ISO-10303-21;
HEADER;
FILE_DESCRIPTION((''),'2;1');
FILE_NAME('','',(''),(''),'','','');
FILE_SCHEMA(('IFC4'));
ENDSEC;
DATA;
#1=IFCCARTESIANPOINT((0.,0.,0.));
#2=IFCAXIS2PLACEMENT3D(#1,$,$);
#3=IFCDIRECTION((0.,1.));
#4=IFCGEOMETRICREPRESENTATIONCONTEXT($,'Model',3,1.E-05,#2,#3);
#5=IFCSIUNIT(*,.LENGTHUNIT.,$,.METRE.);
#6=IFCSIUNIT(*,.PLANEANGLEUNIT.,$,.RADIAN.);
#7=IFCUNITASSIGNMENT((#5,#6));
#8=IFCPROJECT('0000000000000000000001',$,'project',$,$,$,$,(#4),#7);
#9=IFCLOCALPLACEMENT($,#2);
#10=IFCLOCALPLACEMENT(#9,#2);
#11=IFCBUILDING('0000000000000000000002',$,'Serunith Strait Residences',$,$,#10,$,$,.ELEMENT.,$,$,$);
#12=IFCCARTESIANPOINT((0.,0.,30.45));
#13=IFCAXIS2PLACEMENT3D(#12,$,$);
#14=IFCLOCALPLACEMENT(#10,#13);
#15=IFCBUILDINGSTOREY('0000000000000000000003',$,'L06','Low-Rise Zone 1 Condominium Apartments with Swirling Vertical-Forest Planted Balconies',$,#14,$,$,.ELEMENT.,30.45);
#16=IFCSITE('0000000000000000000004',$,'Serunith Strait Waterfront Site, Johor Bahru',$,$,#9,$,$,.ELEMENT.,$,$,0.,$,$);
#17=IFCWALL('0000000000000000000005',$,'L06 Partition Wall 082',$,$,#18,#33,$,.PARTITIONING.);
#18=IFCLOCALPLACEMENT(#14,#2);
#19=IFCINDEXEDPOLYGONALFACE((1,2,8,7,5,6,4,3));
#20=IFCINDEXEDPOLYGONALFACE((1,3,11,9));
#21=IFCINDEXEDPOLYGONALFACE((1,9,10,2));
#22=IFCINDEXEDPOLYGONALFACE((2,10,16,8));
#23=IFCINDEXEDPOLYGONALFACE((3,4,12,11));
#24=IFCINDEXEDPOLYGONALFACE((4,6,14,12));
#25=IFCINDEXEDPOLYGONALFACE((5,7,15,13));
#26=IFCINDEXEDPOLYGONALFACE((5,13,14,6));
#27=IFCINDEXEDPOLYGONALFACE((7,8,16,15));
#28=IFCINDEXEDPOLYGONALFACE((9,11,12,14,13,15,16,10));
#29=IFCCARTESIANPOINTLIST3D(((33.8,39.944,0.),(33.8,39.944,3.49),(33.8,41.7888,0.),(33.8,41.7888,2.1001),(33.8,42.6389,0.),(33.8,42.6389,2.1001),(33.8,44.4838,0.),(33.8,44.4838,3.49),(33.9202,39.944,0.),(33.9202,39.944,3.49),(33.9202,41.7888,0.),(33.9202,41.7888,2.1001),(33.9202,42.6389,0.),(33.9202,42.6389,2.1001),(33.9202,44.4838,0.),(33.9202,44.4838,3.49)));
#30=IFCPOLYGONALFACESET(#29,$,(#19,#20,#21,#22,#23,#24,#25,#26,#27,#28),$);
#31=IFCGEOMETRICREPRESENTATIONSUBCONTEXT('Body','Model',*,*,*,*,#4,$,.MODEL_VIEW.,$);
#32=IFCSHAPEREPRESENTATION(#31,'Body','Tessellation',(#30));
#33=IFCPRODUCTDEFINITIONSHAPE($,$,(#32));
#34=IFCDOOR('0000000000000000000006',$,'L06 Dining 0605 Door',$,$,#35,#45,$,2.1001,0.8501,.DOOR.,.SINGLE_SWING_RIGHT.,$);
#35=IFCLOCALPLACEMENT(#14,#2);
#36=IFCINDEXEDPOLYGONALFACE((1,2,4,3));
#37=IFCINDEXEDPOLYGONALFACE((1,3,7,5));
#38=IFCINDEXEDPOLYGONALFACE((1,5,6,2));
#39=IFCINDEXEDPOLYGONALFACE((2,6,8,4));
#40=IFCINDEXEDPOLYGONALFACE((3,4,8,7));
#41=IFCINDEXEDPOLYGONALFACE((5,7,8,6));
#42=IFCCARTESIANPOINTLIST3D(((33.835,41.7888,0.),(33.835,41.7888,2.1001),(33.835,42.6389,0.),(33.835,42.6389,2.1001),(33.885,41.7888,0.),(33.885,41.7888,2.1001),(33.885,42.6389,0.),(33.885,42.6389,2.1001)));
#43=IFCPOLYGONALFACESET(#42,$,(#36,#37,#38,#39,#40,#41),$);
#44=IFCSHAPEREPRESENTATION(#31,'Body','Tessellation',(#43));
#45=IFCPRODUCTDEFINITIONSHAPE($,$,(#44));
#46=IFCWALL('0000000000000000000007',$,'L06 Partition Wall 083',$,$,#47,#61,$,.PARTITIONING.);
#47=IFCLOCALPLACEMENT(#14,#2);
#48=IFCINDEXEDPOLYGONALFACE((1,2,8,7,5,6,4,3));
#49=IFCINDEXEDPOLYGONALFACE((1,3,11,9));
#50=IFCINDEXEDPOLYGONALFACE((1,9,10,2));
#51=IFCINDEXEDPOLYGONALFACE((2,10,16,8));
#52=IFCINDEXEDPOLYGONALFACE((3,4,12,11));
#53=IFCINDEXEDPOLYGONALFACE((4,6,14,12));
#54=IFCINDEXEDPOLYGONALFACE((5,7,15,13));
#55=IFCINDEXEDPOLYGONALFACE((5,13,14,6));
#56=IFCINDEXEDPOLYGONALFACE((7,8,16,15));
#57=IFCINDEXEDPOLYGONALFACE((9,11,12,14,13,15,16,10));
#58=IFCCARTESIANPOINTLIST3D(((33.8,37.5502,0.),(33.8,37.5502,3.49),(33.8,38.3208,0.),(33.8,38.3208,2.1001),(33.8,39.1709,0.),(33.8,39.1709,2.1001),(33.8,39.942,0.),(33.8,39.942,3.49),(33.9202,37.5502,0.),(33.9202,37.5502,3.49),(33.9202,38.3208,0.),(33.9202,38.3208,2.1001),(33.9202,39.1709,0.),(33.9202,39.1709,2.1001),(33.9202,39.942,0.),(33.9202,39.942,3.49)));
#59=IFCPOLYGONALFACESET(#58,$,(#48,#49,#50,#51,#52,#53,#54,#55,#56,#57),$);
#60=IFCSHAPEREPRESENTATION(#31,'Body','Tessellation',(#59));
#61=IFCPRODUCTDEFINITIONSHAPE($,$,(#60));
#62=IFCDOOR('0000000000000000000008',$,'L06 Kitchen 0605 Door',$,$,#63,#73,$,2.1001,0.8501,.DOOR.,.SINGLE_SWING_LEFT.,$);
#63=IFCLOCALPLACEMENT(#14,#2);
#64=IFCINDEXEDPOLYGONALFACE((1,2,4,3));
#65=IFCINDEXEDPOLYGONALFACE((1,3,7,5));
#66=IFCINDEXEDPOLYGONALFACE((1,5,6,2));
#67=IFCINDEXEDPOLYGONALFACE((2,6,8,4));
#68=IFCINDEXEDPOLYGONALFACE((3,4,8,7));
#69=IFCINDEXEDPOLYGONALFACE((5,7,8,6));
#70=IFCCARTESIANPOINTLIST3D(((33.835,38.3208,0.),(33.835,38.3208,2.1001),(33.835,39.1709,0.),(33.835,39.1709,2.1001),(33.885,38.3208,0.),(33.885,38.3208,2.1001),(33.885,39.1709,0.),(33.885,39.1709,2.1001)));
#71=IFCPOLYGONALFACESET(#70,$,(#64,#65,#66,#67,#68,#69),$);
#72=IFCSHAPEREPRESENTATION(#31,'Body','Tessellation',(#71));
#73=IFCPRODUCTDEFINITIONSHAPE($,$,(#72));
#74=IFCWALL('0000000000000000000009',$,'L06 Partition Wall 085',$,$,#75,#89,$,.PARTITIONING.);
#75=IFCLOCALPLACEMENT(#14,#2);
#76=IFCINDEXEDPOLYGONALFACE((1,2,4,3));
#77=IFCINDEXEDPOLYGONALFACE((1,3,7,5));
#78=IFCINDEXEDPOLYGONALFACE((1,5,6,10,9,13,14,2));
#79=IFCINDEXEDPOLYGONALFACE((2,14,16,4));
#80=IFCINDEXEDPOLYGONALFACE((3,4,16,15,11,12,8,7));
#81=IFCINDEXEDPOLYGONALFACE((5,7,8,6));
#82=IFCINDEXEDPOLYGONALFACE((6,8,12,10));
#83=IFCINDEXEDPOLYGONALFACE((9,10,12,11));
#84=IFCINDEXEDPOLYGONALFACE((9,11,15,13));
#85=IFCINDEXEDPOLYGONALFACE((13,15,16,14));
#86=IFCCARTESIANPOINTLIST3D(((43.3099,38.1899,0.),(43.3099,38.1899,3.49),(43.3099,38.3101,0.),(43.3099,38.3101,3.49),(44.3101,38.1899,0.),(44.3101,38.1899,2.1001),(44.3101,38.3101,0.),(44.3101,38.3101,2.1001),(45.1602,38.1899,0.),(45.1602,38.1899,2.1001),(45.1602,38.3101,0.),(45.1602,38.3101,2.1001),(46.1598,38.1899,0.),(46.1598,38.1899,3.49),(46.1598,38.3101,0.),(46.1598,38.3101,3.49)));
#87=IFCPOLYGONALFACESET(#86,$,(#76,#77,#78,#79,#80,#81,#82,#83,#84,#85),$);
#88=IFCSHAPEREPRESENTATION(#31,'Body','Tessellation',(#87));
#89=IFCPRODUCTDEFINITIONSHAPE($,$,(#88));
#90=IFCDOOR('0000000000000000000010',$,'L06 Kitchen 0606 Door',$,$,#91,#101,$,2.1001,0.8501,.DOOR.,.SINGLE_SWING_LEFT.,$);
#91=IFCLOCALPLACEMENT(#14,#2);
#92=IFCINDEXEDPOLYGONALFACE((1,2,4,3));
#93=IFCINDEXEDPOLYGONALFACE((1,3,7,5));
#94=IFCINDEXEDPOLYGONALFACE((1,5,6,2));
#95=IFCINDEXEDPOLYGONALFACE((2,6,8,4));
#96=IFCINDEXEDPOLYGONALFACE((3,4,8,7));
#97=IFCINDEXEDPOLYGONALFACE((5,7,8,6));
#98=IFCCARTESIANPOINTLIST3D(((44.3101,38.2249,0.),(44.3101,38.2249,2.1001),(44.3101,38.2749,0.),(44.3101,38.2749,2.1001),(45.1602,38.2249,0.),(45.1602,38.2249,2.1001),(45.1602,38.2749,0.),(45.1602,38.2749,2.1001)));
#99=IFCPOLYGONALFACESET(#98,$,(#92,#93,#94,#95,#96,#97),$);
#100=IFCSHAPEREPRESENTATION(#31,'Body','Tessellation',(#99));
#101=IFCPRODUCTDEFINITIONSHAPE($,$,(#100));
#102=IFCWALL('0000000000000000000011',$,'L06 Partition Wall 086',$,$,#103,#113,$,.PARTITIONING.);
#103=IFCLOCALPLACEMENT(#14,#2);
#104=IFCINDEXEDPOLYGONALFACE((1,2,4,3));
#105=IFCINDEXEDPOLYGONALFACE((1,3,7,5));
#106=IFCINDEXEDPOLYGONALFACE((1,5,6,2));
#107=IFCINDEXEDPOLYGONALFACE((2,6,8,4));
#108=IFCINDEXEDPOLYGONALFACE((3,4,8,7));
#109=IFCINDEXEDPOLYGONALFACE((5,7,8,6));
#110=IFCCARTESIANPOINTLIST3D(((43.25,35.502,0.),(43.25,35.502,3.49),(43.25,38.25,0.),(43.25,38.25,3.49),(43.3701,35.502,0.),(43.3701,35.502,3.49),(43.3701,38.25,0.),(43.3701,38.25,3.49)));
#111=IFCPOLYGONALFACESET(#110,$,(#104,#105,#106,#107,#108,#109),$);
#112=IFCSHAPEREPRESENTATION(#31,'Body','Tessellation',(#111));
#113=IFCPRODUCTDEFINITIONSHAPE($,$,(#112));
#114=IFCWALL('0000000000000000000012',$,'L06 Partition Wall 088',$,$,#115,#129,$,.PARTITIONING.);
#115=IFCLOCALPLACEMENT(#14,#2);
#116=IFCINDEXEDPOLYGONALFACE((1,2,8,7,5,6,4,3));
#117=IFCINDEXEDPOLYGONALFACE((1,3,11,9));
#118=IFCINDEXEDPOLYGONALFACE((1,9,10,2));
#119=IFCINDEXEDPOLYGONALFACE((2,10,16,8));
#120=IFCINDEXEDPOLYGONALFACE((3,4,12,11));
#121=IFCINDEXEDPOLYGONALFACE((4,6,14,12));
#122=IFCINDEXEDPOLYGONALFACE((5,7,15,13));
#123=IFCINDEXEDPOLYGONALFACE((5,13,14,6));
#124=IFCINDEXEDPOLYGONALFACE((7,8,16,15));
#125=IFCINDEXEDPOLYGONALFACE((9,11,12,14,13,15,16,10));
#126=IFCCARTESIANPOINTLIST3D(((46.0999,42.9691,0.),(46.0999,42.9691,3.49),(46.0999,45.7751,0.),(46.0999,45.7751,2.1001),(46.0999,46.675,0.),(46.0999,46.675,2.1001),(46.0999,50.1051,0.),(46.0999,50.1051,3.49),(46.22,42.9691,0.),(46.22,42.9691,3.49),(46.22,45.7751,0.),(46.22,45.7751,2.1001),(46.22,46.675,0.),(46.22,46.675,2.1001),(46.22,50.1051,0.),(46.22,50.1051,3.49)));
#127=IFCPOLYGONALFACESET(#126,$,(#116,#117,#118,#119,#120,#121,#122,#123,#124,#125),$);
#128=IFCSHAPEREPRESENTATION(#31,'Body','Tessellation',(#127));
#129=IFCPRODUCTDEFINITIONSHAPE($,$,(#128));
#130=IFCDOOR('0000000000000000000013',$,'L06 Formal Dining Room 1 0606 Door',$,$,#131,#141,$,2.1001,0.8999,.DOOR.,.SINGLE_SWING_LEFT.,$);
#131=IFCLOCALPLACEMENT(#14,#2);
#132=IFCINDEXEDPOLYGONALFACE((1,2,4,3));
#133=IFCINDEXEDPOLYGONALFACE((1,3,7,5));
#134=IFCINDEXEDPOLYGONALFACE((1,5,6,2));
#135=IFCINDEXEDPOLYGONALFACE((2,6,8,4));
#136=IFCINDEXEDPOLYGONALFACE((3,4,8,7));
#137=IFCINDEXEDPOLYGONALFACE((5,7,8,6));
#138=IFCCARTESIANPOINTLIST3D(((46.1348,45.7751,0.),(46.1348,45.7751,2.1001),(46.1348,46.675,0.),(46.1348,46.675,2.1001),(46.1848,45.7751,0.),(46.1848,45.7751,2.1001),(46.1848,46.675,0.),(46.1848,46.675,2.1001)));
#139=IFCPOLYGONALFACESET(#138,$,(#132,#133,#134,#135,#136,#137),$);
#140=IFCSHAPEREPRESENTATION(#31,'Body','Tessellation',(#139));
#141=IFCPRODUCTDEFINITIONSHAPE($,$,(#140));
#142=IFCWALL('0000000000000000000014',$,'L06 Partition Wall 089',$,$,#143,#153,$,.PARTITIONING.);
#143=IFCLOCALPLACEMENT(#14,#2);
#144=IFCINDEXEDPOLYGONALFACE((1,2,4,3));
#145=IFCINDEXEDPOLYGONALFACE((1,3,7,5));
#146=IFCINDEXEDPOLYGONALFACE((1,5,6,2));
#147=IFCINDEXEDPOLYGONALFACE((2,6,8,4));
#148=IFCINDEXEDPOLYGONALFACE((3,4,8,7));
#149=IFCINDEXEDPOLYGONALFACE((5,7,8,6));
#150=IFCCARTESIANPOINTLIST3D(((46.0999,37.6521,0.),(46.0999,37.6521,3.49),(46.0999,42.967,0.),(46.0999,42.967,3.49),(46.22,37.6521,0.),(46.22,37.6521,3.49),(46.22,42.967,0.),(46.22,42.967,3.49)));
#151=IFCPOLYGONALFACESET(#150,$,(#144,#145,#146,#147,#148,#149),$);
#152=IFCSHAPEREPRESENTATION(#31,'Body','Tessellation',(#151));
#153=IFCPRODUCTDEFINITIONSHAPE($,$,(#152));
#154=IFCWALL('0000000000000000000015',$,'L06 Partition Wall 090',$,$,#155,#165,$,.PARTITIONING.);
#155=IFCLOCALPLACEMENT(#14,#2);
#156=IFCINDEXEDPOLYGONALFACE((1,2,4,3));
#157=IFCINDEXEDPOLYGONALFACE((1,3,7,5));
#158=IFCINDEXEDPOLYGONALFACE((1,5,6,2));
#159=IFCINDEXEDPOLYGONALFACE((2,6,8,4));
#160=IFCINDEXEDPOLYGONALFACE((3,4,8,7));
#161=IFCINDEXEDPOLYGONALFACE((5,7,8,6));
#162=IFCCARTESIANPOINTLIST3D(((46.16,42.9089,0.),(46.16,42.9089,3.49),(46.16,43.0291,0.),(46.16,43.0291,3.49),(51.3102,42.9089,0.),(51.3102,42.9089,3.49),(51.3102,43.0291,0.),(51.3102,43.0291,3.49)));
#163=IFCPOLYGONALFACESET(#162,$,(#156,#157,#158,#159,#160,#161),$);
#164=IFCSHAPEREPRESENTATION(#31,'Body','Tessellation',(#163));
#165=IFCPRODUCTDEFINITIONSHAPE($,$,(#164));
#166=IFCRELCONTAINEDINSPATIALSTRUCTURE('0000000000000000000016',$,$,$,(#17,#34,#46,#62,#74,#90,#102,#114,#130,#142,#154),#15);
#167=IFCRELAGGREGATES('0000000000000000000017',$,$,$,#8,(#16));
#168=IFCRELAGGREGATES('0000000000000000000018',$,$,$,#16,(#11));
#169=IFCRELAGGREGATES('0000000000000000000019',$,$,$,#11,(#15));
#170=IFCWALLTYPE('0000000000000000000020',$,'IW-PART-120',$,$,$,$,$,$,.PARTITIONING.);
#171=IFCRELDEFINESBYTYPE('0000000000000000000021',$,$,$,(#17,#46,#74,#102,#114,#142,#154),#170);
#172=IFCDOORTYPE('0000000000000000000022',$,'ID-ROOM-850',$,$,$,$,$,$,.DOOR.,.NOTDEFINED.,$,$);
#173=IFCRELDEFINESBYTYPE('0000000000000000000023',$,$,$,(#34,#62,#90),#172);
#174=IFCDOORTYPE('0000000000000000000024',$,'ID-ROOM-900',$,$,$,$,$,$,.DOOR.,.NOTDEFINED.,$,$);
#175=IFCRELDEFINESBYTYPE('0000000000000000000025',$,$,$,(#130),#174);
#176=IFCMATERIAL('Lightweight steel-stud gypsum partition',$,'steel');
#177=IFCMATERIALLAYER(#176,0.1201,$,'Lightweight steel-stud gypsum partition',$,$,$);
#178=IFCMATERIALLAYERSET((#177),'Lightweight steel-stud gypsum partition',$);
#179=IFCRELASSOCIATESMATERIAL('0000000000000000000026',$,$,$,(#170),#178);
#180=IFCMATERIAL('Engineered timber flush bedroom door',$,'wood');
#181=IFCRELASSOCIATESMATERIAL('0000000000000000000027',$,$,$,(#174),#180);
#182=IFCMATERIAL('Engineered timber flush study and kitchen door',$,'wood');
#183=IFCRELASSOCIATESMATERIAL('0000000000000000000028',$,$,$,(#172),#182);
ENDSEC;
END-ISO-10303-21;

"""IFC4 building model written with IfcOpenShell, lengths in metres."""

from ifc_helpers import new_model, si_unit, direction, frame, frame_2d, origin, place, context, subcontext, project, spatial, rectangle, extrude, source, transform, mapped, material, layer, layer_set, type_object, element, fill, save


model = new_model("IFC4")

# Units and contexts
model_context = context("Model", 3, precision=1e-05, world=origin(), true_north=direction((0.0, 1.0)))
body_context = subcontext(model_context, "Body", "Model", "MODEL_VIEW")
ifc_project = project(units=[si_unit("LENGTHUNIT", "METRE"), si_unit("PLANEANGLEUNIT", "RADIAN")], contexts=[model_context])

# Site, building, storey
site_placement = place(None, origin())
site = spatial("IfcSite", under=ifc_project, at=site_placement, Name="Serunith Strait Waterfront Site, Johor Bahru", CompositionType="ELEMENT", RefElevation=0.0)
building_placement = place(site_placement, origin())
building = spatial("IfcBuilding", under=site, at=building_placement, Name="Serunith Strait Residences", CompositionType="ELEMENT")
storey_placement = place(building_placement, frame((0.0, 0.0, 30.45)))
storey = spatial("IfcBuildingStorey", under=building, at=storey_placement, Name="L06", Description="Low-Rise Zone 1 Condominium Apartments with Swirling Vertical-Forest Planted Balconies", CompositionType="ELEMENT", Elevation=30.45)

# Walls, openings, doors
ifc_material_1 = material(Name="Lightweight steel-stud gypsum partition", Category="steel")
ifc_layer_1 = layer(ifc_material_1, 0.1201, Name="Lightweight steel-stud gypsum partition")
ifc_layer_set_1 = layer_set([ifc_layer_1], Name="Lightweight steel-stud gypsum partition")
wall_type_1 = type_object("IfcWallType", Name="IW-PART-120", PredefinedType="PARTITIONING", material=ifc_layer_set_1)
ifc_material_2 = material(Name="Engineered timber flush bedroom door", Category="wood")
door_type_1 = type_object("IfcDoorType", Name="ID-ROOM-900", OperationType="NOTDEFINED", PredefinedType="DOOR", material=ifc_material_2)
shared_shape_1 = source(origin(), body_context, "Body", "SweptSolid", [
    extrude(rectangle(XDim=0.8999, YDim=2.1001, at=frame_2d((0.45, 1.05))), frame((0.0, 0.0249, 0.0), z_axis=(0.0, -1.0, 0.0), x_axis=(1.0, 0.0, 0.0)), (0.0, 0.0, 1.0), 0.05),
])
wall_1_placement = place(storey_placement, frame((33.8601, 44.4839, 0.0), z_axis=(0.0, 0.0, 1.0), x_axis=(0.0, -1.0, 0.0)))
wall_1 = element("IfcWall", 1, at=wall_1_placement, inside=storey, type_object=wall_type_1, Name="L06 Partition Wall 082", PredefinedType="PARTITIONING", context=body_context, shape_type="SweptSolid", body=[
    extrude(rectangle(XDim=4.5398, YDim=0.1201, at=frame_2d((2.27, 0.0))), origin(), (0.0, 0.0, 1.0), 3.49),
])
opening_1_placement = place(wall_1_placement, frame((1.845, 0.0, 0.0)))
opening_1 = element("IfcOpeningElement", 2, at=opening_1_placement, cuts=wall_1, PredefinedType="OPENING", context=body_context, shape_type="SweptSolid", body=[
    extrude(rectangle(XDim=0.8501, YDim=2.1001, at=frame_2d((0.425, 1.05))), frame((0.0, 0.0701, 0.0), z_axis=(0.0, -1.0, 0.0), x_axis=(1.0, 0.0, 0.0)), (0.0, 0.0, 1.0), 0.1401),
])
ifc_material_3 = material(Name="Engineered timber flush study and kitchen door", Category="wood")
door_type_2 = type_object("IfcDoorType", Name="ID-ROOM-850", OperationType="NOTDEFINED", PredefinedType="DOOR", material=ifc_material_3)
shared_shape_2 = source(origin(), body_context, "Body", "SweptSolid", [
    extrude(rectangle(XDim=0.8501, YDim=2.1001, at=frame_2d((0.425, 1.05))), frame((0.0, 0.0249, 0.0), z_axis=(0.0, -1.0, 0.0), x_axis=(1.0, 0.0, 0.0)), (0.0, 0.0, 1.0), 0.05),
])
door_1_placement = place(opening_1_placement, origin())
door_1 = element("IfcDoor", 3, at=door_1_placement, inside=storey, type_object=door_type_2, Name="L06 Dining 0605 Door", OperationType="SINGLE_SWING_RIGHT", OverallHeight=2.1001, OverallWidth=0.8501, PredefinedType="DOOR", context=body_context, shape_type="MappedRepresentation", body=[
    mapped(shared_shape_2, transform((0.0, 0.0, 0.0), scale=1.0)),
])
fill(opening_1, door_1)
wall_2_placement = place(storey_placement, frame((33.8601, 39.9419, 0.0), z_axis=(0.0, 0.0, 1.0), x_axis=(0.0, -1.0, 0.0)))
wall_2 = element("IfcWall", 4, at=wall_2_placement, inside=storey, type_object=wall_type_1, Name="L06 Partition Wall 083", PredefinedType="PARTITIONING", context=body_context, shape_type="SweptSolid", body=[
    extrude(rectangle(XDim=2.3918, YDim=0.1201, at=frame_2d((1.1958, 0.0))), origin(), (0.0, 0.0, 1.0), 3.49),
])
opening_2_placement = place(wall_2_placement, frame((0.771, 0.0, 0.0)))
opening_2 = element("IfcOpeningElement", 5, at=opening_2_placement, cuts=wall_2, PredefinedType="OPENING", context=body_context, shape_type="SweptSolid", body=[
    extrude(rectangle(XDim=0.8501, YDim=2.1001, at=frame_2d((0.425, 1.05))), frame((0.0, 0.0701, 0.0), z_axis=(0.0, -1.0, 0.0), x_axis=(1.0, 0.0, 0.0)), (0.0, 0.0, 1.0), 0.1401),
])
door_2_placement = place(opening_2_placement, origin())
door_2 = element("IfcDoor", 6, at=door_2_placement, inside=storey, type_object=door_type_2, Name="L06 Kitchen 0605 Door", OperationType="SINGLE_SWING_LEFT", OverallHeight=2.1001, OverallWidth=0.8501, PredefinedType="DOOR", context=body_context, shape_type="MappedRepresentation", body=[
    mapped(shared_shape_2, transform((0.0, 0.0, 0.0), scale=1.0)),
])
fill(opening_2, door_2)
wall_3_placement = place(storey_placement, frame((43.3101, 38.25, 0.0), z_axis=(0.0, 0.0, 1.0), x_axis=(1.0, 0.0, 0.0)))
wall_3 = element("IfcWall", 7, at=wall_3_placement, inside=storey, type_object=wall_type_1, Name="L06 Partition Wall 085", PredefinedType="PARTITIONING", context=body_context, shape_type="SweptSolid", body=[
    extrude(rectangle(XDim=2.8499, YDim=0.1201, at=frame_2d((1.4248, 0.0))), origin(), (0.0, 0.0, 1.0), 3.49),
])
opening_3_placement = place(wall_3_placement, frame((1.0, 0.0, 0.0)))
opening_3 = element("IfcOpeningElement", 8, at=opening_3_placement, cuts=wall_3, PredefinedType="OPENING", context=body_context, shape_type="SweptSolid", body=[
    extrude(rectangle(XDim=0.8501, YDim=2.1001, at=frame_2d((0.425, 1.05))), frame((0.0, 0.0701, 0.0), z_axis=(0.0, -1.0, 0.0), x_axis=(1.0, 0.0, 0.0)), (0.0, 0.0, 1.0), 0.1401),
])
door_3_placement = place(opening_3_placement, origin())
door_3 = element("IfcDoor", 9, at=door_3_placement, inside=storey, type_object=door_type_2, Name="L06 Kitchen 0606 Door", OperationType="SINGLE_SWING_LEFT", OverallHeight=2.1001, OverallWidth=0.8501, PredefinedType="DOOR", context=body_context, shape_type="MappedRepresentation", body=[
    mapped(shared_shape_2, transform((0.0, 0.0, 0.0), scale=1.0)),
])
fill(opening_3, door_3)

# Wall
wall_4_placement = place(storey_placement, frame((43.3101, 38.25, 0.0), z_axis=(0.0, 0.0, 1.0), x_axis=(0.0, -1.0, 0.0)))
element("IfcWall", 10, at=wall_4_placement, inside=storey, type_object=wall_type_1, Name="L06 Partition Wall 086", PredefinedType="PARTITIONING", context=body_context, shape_type="SweptSolid", body=[
    extrude(rectangle(XDim=2.748, YDim=0.1201, at=frame_2d((1.374, 0.0))), origin(), (0.0, 0.0, 1.0), 3.49),
])

# Wall, opening, door
wall_5_placement = place(storey_placement, frame((46.1599, 50.105, 0.0), z_axis=(0.0, 0.0, 1.0), x_axis=(0.0, -1.0, 0.0)))
wall_5 = element("IfcWall", 11, at=wall_5_placement, inside=storey, type_object=wall_type_1, Name="L06 Partition Wall 088", PredefinedType="PARTITIONING", context=body_context, shape_type="SweptSolid", body=[
    extrude(rectangle(XDim=7.136, YDim=0.1201, at=frame_2d((3.5679, 0.0))), origin(), (0.0, 0.0, 1.0), 3.49),
])
opening_4_placement = place(wall_5_placement, frame((3.4299, 0.0, 0.0)))
opening_4 = element("IfcOpeningElement", 12, at=opening_4_placement, cuts=wall_5, PredefinedType="OPENING", context=body_context, shape_type="SweptSolid", body=[
    extrude(rectangle(XDim=0.8999, YDim=2.1001, at=frame_2d((0.45, 1.05))), frame((0.0, 0.0701, 0.0), z_axis=(0.0, -1.0, 0.0), x_axis=(1.0, 0.0, 0.0)), (0.0, 0.0, 1.0), 0.1401),
])
door_4_placement = place(opening_4_placement, origin())
door_4 = element("IfcDoor", 13, at=door_4_placement, inside=storey, type_object=door_type_1, Name="L06 Formal Dining Room 1 0606 Door", OperationType="SINGLE_SWING_LEFT", OverallHeight=2.1001, OverallWidth=0.8999, PredefinedType="DOOR", context=body_context, shape_type="MappedRepresentation", body=[
    mapped(shared_shape_1, transform((0.0, 0.0, 0.0), scale=1.0)),
])
fill(opening_4, door_4)

# Walls
wall_6_placement = place(storey_placement, frame((46.1599, 42.967, 0.0), z_axis=(0.0, 0.0, 1.0), x_axis=(0.0, -1.0, 0.0)))
element("IfcWall", 14, at=wall_6_placement, inside=storey, type_object=wall_type_1, Name="L06 Partition Wall 089", PredefinedType="PARTITIONING", context=body_context, shape_type="SweptSolid", body=[
    extrude(rectangle(XDim=5.3149, YDim=0.1201, at=frame_2d((2.6575, 0.0))), origin(), (0.0, 0.0, 1.0), 3.49),
])
wall_7_placement = place(storey_placement, frame((46.1599, 42.969, 0.0), z_axis=(0.0, 0.0, 1.0), x_axis=(1.0, 0.0, 0.0)))
element("IfcWall", 15, at=wall_7_placement, inside=storey, type_object=wall_type_1, Name="L06 Partition Wall 090", PredefinedType="PARTITIONING", context=body_context, shape_type="SweptSolid", body=[
    extrude(rectangle(XDim=5.1501, YDim=0.1201, at=frame_2d((2.5752, 0.0))), origin(), (0.0, 0.0, 1.0), 3.49),
])

save(model, "model.ifc")
